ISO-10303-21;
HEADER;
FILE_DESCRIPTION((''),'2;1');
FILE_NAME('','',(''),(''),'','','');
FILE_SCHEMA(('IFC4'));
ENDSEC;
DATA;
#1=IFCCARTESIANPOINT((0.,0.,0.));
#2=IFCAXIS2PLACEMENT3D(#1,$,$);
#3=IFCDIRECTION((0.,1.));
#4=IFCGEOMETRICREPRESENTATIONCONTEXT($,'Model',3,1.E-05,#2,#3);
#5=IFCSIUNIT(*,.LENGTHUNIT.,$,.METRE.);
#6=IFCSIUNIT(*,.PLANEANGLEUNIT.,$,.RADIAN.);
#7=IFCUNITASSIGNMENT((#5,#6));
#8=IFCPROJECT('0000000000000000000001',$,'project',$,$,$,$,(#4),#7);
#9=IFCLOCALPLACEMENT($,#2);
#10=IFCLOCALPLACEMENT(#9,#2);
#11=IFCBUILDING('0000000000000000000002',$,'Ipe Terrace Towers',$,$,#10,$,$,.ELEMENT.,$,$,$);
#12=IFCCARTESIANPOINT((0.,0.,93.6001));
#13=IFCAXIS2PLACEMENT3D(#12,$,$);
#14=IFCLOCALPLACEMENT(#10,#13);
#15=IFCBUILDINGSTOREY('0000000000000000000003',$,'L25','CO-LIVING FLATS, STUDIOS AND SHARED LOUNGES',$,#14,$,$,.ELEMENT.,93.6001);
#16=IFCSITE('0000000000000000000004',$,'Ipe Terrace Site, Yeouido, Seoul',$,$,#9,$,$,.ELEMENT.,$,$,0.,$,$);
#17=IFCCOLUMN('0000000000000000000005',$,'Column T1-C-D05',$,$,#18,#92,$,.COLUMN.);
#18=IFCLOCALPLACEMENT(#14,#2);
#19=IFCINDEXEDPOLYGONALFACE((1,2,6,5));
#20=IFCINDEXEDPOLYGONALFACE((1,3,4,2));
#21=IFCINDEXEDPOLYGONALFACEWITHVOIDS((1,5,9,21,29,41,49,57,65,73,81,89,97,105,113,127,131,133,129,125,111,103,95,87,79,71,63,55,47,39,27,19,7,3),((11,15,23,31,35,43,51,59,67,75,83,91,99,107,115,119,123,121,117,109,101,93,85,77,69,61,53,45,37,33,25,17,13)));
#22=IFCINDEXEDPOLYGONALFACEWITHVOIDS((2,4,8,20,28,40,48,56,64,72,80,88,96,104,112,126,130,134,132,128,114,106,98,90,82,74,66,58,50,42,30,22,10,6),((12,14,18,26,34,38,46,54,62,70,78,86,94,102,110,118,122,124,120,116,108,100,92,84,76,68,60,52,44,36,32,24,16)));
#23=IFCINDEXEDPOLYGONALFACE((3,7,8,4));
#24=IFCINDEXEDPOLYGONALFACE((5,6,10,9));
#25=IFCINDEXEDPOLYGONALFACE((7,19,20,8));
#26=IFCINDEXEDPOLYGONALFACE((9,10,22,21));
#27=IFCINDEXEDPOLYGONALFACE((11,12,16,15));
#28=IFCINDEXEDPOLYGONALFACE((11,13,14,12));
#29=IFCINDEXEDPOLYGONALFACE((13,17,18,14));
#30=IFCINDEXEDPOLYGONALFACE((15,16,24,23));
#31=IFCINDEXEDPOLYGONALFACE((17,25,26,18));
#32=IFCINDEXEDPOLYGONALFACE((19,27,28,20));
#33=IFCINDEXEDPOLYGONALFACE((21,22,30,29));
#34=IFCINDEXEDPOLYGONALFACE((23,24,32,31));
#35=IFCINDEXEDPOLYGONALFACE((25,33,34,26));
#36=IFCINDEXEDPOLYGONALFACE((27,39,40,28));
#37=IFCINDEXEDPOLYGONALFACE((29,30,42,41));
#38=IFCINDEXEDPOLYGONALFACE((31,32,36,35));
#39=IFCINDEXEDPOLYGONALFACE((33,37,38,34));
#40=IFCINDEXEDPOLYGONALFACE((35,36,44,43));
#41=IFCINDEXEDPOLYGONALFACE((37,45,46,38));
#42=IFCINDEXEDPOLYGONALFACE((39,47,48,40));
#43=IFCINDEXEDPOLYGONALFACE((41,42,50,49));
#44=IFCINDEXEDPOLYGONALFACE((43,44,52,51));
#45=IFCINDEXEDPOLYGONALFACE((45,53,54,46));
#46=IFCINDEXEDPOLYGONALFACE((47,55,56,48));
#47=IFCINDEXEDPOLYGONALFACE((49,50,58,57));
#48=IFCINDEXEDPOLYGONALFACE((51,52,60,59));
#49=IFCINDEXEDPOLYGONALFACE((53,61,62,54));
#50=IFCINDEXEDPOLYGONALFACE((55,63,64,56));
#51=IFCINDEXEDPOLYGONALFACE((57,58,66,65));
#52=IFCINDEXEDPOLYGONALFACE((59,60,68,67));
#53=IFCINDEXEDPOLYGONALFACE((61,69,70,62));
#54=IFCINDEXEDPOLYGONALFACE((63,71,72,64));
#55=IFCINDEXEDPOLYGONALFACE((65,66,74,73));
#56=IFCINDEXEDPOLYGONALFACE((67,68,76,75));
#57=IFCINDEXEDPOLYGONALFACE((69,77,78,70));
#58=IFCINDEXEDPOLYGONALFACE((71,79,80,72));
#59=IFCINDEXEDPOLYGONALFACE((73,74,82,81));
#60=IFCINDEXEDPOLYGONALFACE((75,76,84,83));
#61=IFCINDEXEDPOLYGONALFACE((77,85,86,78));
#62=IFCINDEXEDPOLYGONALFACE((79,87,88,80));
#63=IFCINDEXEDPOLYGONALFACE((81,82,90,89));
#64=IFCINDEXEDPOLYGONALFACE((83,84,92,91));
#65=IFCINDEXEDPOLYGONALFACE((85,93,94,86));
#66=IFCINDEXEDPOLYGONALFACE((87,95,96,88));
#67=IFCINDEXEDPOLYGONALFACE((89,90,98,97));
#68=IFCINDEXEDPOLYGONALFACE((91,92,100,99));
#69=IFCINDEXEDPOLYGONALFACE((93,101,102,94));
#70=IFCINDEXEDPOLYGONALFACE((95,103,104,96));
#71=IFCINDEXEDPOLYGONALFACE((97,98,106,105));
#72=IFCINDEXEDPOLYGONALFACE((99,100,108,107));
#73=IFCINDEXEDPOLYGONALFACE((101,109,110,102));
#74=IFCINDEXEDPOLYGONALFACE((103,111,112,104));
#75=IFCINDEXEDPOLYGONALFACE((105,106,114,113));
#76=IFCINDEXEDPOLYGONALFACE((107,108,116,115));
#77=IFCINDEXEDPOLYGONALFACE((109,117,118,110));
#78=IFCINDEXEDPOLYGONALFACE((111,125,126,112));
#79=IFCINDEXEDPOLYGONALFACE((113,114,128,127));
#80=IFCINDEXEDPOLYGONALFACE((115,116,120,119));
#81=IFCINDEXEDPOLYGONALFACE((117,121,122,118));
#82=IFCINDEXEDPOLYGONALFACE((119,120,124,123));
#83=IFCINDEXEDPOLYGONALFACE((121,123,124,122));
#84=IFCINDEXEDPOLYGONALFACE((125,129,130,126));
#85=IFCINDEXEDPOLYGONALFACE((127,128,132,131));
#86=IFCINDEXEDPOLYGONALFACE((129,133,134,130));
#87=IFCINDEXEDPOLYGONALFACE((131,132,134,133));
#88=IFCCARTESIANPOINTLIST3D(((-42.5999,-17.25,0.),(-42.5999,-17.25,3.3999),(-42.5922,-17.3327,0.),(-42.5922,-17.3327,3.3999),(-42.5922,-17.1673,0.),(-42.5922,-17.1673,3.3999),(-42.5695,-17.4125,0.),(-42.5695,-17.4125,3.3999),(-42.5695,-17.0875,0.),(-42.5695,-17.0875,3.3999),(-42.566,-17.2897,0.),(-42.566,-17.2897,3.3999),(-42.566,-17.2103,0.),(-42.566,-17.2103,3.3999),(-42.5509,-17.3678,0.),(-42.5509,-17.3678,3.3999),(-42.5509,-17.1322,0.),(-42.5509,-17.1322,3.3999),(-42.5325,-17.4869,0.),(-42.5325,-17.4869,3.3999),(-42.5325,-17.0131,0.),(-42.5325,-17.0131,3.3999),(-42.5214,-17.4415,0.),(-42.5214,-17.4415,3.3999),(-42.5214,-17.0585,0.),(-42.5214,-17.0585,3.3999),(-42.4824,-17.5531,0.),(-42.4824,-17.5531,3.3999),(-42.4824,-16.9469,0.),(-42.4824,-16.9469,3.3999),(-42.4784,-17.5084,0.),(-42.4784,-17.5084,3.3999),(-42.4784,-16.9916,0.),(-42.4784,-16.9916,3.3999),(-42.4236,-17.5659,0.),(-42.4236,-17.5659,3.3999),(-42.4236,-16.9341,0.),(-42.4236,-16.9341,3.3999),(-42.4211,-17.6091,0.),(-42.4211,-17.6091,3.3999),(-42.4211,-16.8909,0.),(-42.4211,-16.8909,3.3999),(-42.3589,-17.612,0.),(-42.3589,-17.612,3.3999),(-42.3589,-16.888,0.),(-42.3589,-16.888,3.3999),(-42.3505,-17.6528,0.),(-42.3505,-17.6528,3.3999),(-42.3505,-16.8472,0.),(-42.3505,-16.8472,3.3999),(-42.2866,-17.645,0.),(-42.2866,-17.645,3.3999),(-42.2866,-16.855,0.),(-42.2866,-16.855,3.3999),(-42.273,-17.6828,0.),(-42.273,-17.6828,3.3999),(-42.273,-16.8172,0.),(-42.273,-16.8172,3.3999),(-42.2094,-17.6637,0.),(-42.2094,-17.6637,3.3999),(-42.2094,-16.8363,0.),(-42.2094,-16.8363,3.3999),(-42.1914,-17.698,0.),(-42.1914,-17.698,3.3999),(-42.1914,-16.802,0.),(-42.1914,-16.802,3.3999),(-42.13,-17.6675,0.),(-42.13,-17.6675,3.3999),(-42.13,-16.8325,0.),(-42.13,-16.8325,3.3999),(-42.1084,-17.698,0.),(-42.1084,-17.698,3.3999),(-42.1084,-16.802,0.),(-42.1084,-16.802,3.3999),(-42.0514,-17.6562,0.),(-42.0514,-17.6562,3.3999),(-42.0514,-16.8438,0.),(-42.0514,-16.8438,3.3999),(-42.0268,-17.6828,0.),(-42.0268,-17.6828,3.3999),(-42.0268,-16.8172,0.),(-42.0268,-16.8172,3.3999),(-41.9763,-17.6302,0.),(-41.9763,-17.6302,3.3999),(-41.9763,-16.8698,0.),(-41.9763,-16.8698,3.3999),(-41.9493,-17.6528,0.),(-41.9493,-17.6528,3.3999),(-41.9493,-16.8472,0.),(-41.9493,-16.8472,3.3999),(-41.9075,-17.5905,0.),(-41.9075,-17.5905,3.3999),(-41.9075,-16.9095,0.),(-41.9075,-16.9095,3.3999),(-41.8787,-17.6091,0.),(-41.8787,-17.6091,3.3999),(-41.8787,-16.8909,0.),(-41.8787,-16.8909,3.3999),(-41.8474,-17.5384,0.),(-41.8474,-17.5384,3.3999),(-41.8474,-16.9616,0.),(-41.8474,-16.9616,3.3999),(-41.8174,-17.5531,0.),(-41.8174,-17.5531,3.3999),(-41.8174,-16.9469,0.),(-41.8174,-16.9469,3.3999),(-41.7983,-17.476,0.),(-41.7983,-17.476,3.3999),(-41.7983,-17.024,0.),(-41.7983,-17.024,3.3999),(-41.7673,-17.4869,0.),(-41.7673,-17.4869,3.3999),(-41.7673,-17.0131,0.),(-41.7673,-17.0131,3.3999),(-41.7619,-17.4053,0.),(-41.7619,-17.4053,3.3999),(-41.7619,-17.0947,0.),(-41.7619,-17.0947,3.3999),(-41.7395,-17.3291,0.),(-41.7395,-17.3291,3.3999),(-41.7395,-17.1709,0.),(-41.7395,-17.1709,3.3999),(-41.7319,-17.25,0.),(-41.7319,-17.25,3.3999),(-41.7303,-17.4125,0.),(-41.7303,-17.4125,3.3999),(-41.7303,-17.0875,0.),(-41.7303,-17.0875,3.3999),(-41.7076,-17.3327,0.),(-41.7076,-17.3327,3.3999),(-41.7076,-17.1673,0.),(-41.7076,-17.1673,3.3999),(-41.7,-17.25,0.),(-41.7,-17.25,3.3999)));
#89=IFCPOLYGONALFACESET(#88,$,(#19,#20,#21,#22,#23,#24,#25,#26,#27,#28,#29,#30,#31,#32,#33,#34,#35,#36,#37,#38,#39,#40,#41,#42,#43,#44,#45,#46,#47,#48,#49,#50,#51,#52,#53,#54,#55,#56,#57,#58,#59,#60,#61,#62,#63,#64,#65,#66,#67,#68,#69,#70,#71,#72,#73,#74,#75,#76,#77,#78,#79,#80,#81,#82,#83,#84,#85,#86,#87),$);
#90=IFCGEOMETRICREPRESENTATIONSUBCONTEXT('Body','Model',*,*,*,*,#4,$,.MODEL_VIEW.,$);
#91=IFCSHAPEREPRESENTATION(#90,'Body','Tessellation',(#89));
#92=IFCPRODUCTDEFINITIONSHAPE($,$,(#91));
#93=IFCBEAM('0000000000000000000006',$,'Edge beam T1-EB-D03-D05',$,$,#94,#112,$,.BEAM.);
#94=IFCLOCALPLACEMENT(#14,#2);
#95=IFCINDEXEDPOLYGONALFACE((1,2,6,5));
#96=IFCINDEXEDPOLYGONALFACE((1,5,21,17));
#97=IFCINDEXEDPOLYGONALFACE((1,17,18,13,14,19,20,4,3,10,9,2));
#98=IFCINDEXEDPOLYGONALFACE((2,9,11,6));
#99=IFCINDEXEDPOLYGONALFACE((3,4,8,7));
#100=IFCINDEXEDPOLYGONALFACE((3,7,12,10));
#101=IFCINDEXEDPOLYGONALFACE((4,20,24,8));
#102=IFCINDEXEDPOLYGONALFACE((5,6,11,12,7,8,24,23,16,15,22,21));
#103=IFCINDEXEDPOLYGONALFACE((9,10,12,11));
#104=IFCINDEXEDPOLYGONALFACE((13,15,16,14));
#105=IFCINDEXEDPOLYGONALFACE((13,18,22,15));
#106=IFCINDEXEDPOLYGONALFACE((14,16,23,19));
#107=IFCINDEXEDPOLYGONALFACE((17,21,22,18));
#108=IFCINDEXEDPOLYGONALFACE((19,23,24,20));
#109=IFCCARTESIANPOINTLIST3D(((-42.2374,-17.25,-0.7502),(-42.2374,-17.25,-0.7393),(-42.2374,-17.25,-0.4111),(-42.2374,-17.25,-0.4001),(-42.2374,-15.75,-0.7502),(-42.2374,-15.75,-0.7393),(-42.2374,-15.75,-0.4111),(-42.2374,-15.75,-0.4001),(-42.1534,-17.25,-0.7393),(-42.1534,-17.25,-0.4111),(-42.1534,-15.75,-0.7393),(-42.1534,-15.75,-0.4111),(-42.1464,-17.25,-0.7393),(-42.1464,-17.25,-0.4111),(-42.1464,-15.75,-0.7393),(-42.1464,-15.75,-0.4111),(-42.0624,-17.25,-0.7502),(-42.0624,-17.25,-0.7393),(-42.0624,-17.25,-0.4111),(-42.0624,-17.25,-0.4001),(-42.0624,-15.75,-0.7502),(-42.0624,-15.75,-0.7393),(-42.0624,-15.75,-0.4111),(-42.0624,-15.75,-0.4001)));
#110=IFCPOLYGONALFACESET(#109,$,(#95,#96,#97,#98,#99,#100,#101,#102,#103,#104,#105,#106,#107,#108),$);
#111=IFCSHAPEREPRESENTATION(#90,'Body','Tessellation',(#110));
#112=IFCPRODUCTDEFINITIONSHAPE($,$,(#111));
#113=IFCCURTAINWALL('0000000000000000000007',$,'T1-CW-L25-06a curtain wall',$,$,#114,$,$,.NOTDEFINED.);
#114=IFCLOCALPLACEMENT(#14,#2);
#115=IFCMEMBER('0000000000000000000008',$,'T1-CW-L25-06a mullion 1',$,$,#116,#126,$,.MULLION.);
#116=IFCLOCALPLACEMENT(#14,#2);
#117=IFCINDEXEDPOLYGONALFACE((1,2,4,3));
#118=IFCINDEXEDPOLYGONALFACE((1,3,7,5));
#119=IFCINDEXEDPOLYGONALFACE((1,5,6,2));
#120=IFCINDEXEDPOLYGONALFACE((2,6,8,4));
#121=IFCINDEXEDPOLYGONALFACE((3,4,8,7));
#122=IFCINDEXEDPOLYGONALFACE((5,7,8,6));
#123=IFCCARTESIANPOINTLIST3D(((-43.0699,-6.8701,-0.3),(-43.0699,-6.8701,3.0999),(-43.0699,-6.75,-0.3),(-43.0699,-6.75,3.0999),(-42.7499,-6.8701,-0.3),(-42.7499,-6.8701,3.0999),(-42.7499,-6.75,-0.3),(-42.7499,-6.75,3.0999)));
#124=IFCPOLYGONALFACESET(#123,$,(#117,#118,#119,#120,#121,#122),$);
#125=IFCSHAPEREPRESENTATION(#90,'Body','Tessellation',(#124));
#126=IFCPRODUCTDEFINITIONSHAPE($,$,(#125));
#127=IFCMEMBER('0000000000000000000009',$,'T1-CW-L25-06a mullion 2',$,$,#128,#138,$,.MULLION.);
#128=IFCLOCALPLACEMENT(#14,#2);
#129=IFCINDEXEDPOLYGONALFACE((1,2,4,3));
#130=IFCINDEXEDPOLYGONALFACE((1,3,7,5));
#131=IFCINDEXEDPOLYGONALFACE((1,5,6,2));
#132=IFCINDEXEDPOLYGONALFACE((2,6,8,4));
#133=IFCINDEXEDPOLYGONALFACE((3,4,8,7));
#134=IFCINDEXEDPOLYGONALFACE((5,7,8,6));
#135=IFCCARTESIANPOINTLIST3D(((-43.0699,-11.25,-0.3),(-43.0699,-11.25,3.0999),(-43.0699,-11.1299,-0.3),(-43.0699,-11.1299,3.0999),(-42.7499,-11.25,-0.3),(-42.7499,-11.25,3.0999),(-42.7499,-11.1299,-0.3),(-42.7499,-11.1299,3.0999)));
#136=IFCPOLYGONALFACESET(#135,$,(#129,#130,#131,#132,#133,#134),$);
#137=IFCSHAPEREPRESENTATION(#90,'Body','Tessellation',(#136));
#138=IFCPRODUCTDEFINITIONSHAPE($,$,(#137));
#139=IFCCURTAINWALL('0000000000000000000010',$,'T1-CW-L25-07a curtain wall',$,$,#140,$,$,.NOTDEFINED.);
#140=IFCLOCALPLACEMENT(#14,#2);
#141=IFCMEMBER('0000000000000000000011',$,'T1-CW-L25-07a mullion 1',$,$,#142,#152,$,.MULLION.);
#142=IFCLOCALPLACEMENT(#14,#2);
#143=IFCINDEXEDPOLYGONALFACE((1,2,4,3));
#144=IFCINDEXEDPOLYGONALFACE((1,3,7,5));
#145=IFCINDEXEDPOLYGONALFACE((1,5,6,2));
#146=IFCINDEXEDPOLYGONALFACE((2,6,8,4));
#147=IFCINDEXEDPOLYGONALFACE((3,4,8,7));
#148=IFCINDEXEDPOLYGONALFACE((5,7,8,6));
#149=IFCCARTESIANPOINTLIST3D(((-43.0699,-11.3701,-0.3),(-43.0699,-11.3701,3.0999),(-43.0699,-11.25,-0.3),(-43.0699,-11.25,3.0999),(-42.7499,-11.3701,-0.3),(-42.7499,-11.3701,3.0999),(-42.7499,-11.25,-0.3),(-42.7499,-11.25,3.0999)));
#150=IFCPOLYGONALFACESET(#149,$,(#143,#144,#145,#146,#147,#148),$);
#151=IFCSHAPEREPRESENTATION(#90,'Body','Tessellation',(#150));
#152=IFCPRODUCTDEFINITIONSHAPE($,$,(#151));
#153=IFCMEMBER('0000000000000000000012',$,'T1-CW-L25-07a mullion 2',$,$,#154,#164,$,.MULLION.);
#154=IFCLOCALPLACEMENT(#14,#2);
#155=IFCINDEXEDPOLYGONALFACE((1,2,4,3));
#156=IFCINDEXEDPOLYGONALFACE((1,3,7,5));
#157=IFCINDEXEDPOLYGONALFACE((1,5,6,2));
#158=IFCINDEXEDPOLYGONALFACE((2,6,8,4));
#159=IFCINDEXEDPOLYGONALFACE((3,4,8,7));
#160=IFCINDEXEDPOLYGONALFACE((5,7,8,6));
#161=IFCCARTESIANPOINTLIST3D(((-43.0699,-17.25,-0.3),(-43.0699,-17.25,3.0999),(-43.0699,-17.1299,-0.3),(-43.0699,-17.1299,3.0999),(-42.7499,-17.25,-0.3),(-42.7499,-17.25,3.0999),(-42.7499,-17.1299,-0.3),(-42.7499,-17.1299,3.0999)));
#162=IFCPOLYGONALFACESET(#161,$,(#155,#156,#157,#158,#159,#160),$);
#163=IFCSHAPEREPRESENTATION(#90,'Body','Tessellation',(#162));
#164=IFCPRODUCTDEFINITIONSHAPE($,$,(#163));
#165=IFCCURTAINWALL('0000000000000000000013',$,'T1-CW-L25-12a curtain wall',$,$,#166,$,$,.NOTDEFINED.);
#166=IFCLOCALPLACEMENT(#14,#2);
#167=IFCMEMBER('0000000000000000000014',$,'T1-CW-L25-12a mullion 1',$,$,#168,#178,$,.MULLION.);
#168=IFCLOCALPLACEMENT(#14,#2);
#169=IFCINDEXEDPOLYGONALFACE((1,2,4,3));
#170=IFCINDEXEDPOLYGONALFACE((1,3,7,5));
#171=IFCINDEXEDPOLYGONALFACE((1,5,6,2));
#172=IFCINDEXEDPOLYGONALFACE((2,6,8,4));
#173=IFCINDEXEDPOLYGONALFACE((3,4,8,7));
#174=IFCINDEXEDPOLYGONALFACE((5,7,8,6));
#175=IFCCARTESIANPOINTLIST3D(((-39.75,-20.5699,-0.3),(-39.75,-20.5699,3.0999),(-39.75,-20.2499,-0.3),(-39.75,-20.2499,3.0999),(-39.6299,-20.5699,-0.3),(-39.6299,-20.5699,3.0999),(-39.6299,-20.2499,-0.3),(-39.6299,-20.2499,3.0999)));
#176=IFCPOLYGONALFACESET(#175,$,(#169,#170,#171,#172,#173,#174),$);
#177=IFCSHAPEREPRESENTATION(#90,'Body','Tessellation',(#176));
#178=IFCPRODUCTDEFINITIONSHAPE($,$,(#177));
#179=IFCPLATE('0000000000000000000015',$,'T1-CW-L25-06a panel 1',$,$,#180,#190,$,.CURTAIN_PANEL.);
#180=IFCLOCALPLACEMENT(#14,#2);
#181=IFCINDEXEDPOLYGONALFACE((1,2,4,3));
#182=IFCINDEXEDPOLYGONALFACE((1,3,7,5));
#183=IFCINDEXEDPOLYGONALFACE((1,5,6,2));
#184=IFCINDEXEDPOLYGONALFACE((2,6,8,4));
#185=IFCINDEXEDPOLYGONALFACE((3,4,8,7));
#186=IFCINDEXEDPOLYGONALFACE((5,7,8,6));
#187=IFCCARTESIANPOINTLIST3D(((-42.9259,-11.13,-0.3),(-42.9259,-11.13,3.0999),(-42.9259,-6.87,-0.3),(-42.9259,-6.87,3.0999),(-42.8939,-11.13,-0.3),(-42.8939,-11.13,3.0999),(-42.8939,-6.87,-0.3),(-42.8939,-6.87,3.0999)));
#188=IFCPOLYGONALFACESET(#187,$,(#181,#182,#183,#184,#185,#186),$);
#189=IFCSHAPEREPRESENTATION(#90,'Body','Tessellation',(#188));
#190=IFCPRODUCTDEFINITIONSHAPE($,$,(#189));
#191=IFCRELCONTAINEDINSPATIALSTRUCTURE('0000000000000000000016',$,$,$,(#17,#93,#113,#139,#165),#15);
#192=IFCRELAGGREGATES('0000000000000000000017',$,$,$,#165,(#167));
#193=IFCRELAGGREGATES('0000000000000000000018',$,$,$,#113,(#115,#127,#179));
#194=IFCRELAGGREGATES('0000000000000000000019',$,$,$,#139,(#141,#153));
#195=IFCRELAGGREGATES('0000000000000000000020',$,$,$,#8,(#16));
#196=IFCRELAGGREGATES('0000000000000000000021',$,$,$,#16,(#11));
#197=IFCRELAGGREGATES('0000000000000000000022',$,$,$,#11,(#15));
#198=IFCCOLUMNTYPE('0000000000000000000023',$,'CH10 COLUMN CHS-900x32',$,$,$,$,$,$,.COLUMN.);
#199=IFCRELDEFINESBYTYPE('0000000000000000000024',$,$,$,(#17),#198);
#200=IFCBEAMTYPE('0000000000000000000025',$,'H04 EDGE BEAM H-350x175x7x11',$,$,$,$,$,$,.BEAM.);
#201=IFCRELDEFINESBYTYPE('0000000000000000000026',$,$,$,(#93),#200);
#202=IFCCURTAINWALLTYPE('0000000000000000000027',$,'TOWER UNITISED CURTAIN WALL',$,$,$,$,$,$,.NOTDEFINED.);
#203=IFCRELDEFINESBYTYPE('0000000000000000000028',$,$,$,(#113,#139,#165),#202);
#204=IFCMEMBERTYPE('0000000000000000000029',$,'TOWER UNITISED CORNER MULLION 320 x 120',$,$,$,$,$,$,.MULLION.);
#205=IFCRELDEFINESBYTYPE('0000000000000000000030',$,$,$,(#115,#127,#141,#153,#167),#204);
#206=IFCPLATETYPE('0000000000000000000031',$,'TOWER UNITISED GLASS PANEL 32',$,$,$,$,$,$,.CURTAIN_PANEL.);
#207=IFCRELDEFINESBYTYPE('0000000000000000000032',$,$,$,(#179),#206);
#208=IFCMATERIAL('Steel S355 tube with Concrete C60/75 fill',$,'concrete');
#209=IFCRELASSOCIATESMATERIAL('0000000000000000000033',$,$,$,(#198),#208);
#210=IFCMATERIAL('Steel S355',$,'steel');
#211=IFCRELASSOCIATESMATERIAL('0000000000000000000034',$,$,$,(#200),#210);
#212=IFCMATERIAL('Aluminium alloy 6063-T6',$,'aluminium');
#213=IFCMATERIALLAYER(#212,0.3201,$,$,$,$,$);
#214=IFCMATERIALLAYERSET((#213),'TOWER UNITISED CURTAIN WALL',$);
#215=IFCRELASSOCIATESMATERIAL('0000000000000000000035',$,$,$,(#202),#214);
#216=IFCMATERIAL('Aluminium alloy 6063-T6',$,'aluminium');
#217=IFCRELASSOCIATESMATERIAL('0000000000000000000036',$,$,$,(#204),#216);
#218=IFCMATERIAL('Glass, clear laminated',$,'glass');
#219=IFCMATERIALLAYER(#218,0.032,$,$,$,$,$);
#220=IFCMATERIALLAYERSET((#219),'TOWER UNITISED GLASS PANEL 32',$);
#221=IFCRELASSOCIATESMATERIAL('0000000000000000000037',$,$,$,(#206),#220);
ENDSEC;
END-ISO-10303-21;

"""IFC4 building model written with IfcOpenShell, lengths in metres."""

from ifc_helpers import new_model, si_unit, direction, frame, origin, origin_2d, place, context, subcontext, project, spatial, rectangle, hollow_circle, i_section, extrude, material, layer, layer_set, material_profile, profile_set, type_object, element, aggregate, save


model = new_model("IFC4")

# Units and contexts
model_context = context("Model", 3, precision=1e-05, world=origin(), true_north=direction((0.0, 1.0)))
body_context = subcontext(model_context, "Body", "Model", "MODEL_VIEW")
ifc_project = project(units=[si_unit("LENGTHUNIT", "METRE"), si_unit("PLANEANGLEUNIT", "RADIAN")], contexts=[model_context])

# Site, building, storey
site_placement = place(None, origin())
site = spatial("IfcSite", under=ifc_project, at=site_placement, Name="Ipe Terrace Site, Yeouido, Seoul", CompositionType="ELEMENT", RefElevation=0.0)
building_placement = place(site_placement, origin())
building = spatial("IfcBuilding", under=site, at=building_placement, Name="Ipe Terrace Towers", CompositionType="ELEMENT")
storey_placement = place(building_placement, frame((0.0, 0.0, 93.6001)))
storey = spatial("IfcBuildingStorey", under=building, at=storey_placement, Name="L25", Description="CO-LIVING FLATS, STUDIOS AND SHARED LOUNGES", CompositionType="ELEMENT", Elevation=93.6001)

# Column
ifc_material_1 = material(Name="Steel S355 tube with Concrete C60/75 fill", Category="concrete")
ifc_material_profile_1 = material_profile(ifc_material_1, hollow_circle(Radius=0.45, WallThickness=0.032, at=origin_2d()), Name="CHS-900x32")
ifc_profile_set_1 = profile_set([ifc_material_profile_1], Name="Steel S355 tube with Concrete C60/75 fill")
column_type_1 = type_object("IfcColumnType", Name="CH10 COLUMN CHS-900x32", PredefinedType="COLUMN", material=ifc_profile_set_1)
for number, where, z_axis, x_axis, name in (
    (1, (-42.1499, -17.25, 0.0), (0.0, 0.0, 1.0), (1.0, 0.0, 0.0), "Column T1-C-D05"),
):
    element("IfcColumn", number, at=place(storey_placement, frame(where, z_axis=z_axis, x_axis=x_axis)), inside=storey, type_object=column_type_1, Name=name, PredefinedType="COLUMN", context=body_context, shape_type="SweptSolid", body=[
        extrude(hollow_circle(Radius=0.45, WallThickness=0.032, at=origin_2d()), origin(), (0.0, 0.0, 1.0), 3.3999),
    ])

# Beam
ifc_material_2 = material(Name="Steel S355", Category="steel")
ifc_material_profile_2 = material_profile(ifc_material_2, i_section(OverallWidth=0.175, OverallDepth=0.3501, WebThickness=0.0071, FlangeThickness=0.011, at=origin_2d()), Name="H-350x175x7x11")
ifc_profile_set_2 = profile_set([ifc_material_profile_2], Name="Steel S355")
beam_type = type_object("IfcBeamType", Name="H04 EDGE BEAM H-350x175x7x11", PredefinedType="BEAM", material=ifc_profile_set_2)
beam_placement = place(storey_placement, frame((-42.1499, -15.75, -0.5752), z_axis=(0.0, -1.0, 0.0), x_axis=(1.0, 0.0, 0.0)))
element("IfcBeam", 2, at=beam_placement, inside=storey, type_object=beam_type, Name="Edge beam T1-EB-D03-D05", PredefinedType="BEAM", context=body_context, shape_type="SweptSolid", body=[
    extrude(i_section(OverallWidth=0.175, OverallDepth=0.3501, WebThickness=0.0071, FlangeThickness=0.011, at=origin_2d()), origin(), (0.0, 0.0, 1.0), 1.5),
])

# Curtain walls, members
ifc_material_3 = material(Name="Aluminium alloy 6063-T6", Category="aluminium")
ifc_layer_1 = layer(ifc_material_3, 0.3201)
ifc_layer_set_1 = layer_set([ifc_layer_1], Name="TOWER UNITISED CURTAIN WALL")
curtain_wall_type = type_object("IfcCurtainWallType", Name="TOWER UNITISED CURTAIN WALL", PredefinedType="NOTDEFINED", material=ifc_layer_set_1)
curtain_wall_1_placement = place(storey_placement, origin())
curtain_wall_1 = element("IfcCurtainWall", 3, at=curtain_wall_1_placement, inside=storey, type_object=curtain_wall_type, Name="T1-CW-L25-06a curtain wall", PredefinedType="NOTDEFINED")
ifc_material_4 = material(Name="Aluminium alloy 6063-T6", Category="aluminium")
ifc_material_profile_3 = material_profile(ifc_material_4, rectangle(XDim=0.3201, YDim=0.1201, at=origin_2d()), Name="TOWER UNITISED CORNER MULLION 320 x 120")
ifc_profile_set_3 = profile_set([ifc_material_profile_3], Name="Aluminium alloy 6063-T6")
member_type = type_object("IfcMemberType", Name="TOWER UNITISED CORNER MULLION 320 x 120", PredefinedType="MULLION", material=ifc_profile_set_3)
member_1_placement = place(storey_placement, frame((-42.9099, -6.8101, -0.3), z_axis=(0.0, 0.0, 1.0), x_axis=(-1.0, 0.0, 0.0)))
member_1 = element("IfcMember", 4, at=member_1_placement, type_object=member_type, Name="T1-CW-L25-06a mullion 1", PredefinedType="MULLION", context=body_context, shape_type="SweptSolid", body=[
    extrude(rectangle(XDim=0.3201, YDim=0.1201, at=origin_2d()), origin(), (0.0, 0.0, 1.0), 3.3999),
])
member_2_placement = place(storey_placement, frame((-42.9099, -11.1899, -0.3), z_axis=(0.0, 0.0, 1.0), x_axis=(-1.0, 0.0, 0.0)))
member_2 = element("IfcMember", 5, at=member_2_placement, type_object=member_type, Name="T1-CW-L25-06a mullion 2", PredefinedType="MULLION", context=body_context, shape_type="SweptSolid", body=[
    extrude(rectangle(XDim=0.3201, YDim=0.1201, at=origin_2d()), origin(), (0.0, 0.0, 1.0), 3.3999),
])
curtain_wall_2_placement = place(storey_placement, origin())
curtain_wall_2 = element("IfcCurtainWall", 6, at=curtain_wall_2_placement, inside=storey, type_object=curtain_wall_type, Name="T1-CW-L25-07a curtain wall", PredefinedType="NOTDEFINED")
member_3_placement = place(storey_placement, frame((-42.9099, -11.3101, -0.3), z_axis=(0.0, 0.0, 1.0), x_axis=(-1.0, 0.0, 0.0)))
member_3 = element("IfcMember", 7, at=member_3_placement, type_object=member_type, Name="T1-CW-L25-07a mullion 1", PredefinedType="MULLION", context=body_context, shape_type="SweptSolid", body=[
    extrude(rectangle(XDim=0.3201, YDim=0.1201, at=origin_2d()), origin(), (0.0, 0.0, 1.0), 3.3999),
])
member_4_placement = place(storey_placement, frame((-42.9099, -17.1899, -0.3), z_axis=(0.0, 0.0, 1.0), x_axis=(-1.0, 0.0, 0.0)))
member_4 = element("IfcMember", 8, at=member_4_placement, type_object=member_type, Name="T1-CW-L25-07a mullion 2", PredefinedType="MULLION", context=body_context, shape_type="SweptSolid", body=[
    extrude(rectangle(XDim=0.3201, YDim=0.1201, at=origin_2d()), origin(), (0.0, 0.0, 1.0), 3.3999),
])

# Curtain wall, member
curtain_wall_3_placement = place(storey_placement, origin())
curtain_wall_3 = element("IfcCurtainWall", 9, at=curtain_wall_3_placement, inside=storey, type_object=curtain_wall_type, Name="T1-CW-L25-12a curtain wall", PredefinedType="NOTDEFINED")
member_5_placement = place(storey_placement, frame((-39.6899, -20.4099, -0.3), z_axis=(0.0, 0.0, 1.0), x_axis=(0.0, -1.0, 0.0)))
member_5 = element("IfcMember", 10, at=member_5_placement, type_object=member_type, Name="T1-CW-L25-12a mullion 1", PredefinedType="MULLION", context=body_context, shape_type="SweptSolid", body=[
    extrude(rectangle(XDim=0.3201, YDim=0.1201, at=origin_2d()), origin(), (0.0, 0.0, 1.0), 3.3999),
])
aggregate(curtain_wall_3, [member_5])

# Plate
ifc_material_5 = material(Name="Glass, clear laminated", Category="glass")
ifc_layer_2 = layer(ifc_material_5, 0.032)
ifc_layer_set_2 = layer_set([ifc_layer_2], Name="TOWER UNITISED GLASS PANEL 32")
plate_type = type_object("IfcPlateType", Name="TOWER UNITISED GLASS PANEL 32", PredefinedType="CURTAIN_PANEL", material=ifc_layer_set_2)
plate_1_placement = place(storey_placement, frame((-42.9099, -9.0, -0.3), z_axis=(0.0, 0.0, 1.0), x_axis=(0.0, -1.0, 0.0)))
plate_1 = element("IfcPlate", 11, at=plate_1_placement, type_object=plate_type, Name="T1-CW-L25-06a panel 1", PredefinedType="CURTAIN_PANEL", context=body_context, shape_type="SweptSolid", body=[
    extrude(rectangle(XDim=4.26, YDim=0.032, at=origin_2d()), origin(), (0.0, 0.0, 1.0), 3.3999),
])
aggregate(curtain_wall_1, [member_1, member_2, plate_1])
aggregate(curtain_wall_2, [member_3, member_4])

save(model, "model.ifc")
